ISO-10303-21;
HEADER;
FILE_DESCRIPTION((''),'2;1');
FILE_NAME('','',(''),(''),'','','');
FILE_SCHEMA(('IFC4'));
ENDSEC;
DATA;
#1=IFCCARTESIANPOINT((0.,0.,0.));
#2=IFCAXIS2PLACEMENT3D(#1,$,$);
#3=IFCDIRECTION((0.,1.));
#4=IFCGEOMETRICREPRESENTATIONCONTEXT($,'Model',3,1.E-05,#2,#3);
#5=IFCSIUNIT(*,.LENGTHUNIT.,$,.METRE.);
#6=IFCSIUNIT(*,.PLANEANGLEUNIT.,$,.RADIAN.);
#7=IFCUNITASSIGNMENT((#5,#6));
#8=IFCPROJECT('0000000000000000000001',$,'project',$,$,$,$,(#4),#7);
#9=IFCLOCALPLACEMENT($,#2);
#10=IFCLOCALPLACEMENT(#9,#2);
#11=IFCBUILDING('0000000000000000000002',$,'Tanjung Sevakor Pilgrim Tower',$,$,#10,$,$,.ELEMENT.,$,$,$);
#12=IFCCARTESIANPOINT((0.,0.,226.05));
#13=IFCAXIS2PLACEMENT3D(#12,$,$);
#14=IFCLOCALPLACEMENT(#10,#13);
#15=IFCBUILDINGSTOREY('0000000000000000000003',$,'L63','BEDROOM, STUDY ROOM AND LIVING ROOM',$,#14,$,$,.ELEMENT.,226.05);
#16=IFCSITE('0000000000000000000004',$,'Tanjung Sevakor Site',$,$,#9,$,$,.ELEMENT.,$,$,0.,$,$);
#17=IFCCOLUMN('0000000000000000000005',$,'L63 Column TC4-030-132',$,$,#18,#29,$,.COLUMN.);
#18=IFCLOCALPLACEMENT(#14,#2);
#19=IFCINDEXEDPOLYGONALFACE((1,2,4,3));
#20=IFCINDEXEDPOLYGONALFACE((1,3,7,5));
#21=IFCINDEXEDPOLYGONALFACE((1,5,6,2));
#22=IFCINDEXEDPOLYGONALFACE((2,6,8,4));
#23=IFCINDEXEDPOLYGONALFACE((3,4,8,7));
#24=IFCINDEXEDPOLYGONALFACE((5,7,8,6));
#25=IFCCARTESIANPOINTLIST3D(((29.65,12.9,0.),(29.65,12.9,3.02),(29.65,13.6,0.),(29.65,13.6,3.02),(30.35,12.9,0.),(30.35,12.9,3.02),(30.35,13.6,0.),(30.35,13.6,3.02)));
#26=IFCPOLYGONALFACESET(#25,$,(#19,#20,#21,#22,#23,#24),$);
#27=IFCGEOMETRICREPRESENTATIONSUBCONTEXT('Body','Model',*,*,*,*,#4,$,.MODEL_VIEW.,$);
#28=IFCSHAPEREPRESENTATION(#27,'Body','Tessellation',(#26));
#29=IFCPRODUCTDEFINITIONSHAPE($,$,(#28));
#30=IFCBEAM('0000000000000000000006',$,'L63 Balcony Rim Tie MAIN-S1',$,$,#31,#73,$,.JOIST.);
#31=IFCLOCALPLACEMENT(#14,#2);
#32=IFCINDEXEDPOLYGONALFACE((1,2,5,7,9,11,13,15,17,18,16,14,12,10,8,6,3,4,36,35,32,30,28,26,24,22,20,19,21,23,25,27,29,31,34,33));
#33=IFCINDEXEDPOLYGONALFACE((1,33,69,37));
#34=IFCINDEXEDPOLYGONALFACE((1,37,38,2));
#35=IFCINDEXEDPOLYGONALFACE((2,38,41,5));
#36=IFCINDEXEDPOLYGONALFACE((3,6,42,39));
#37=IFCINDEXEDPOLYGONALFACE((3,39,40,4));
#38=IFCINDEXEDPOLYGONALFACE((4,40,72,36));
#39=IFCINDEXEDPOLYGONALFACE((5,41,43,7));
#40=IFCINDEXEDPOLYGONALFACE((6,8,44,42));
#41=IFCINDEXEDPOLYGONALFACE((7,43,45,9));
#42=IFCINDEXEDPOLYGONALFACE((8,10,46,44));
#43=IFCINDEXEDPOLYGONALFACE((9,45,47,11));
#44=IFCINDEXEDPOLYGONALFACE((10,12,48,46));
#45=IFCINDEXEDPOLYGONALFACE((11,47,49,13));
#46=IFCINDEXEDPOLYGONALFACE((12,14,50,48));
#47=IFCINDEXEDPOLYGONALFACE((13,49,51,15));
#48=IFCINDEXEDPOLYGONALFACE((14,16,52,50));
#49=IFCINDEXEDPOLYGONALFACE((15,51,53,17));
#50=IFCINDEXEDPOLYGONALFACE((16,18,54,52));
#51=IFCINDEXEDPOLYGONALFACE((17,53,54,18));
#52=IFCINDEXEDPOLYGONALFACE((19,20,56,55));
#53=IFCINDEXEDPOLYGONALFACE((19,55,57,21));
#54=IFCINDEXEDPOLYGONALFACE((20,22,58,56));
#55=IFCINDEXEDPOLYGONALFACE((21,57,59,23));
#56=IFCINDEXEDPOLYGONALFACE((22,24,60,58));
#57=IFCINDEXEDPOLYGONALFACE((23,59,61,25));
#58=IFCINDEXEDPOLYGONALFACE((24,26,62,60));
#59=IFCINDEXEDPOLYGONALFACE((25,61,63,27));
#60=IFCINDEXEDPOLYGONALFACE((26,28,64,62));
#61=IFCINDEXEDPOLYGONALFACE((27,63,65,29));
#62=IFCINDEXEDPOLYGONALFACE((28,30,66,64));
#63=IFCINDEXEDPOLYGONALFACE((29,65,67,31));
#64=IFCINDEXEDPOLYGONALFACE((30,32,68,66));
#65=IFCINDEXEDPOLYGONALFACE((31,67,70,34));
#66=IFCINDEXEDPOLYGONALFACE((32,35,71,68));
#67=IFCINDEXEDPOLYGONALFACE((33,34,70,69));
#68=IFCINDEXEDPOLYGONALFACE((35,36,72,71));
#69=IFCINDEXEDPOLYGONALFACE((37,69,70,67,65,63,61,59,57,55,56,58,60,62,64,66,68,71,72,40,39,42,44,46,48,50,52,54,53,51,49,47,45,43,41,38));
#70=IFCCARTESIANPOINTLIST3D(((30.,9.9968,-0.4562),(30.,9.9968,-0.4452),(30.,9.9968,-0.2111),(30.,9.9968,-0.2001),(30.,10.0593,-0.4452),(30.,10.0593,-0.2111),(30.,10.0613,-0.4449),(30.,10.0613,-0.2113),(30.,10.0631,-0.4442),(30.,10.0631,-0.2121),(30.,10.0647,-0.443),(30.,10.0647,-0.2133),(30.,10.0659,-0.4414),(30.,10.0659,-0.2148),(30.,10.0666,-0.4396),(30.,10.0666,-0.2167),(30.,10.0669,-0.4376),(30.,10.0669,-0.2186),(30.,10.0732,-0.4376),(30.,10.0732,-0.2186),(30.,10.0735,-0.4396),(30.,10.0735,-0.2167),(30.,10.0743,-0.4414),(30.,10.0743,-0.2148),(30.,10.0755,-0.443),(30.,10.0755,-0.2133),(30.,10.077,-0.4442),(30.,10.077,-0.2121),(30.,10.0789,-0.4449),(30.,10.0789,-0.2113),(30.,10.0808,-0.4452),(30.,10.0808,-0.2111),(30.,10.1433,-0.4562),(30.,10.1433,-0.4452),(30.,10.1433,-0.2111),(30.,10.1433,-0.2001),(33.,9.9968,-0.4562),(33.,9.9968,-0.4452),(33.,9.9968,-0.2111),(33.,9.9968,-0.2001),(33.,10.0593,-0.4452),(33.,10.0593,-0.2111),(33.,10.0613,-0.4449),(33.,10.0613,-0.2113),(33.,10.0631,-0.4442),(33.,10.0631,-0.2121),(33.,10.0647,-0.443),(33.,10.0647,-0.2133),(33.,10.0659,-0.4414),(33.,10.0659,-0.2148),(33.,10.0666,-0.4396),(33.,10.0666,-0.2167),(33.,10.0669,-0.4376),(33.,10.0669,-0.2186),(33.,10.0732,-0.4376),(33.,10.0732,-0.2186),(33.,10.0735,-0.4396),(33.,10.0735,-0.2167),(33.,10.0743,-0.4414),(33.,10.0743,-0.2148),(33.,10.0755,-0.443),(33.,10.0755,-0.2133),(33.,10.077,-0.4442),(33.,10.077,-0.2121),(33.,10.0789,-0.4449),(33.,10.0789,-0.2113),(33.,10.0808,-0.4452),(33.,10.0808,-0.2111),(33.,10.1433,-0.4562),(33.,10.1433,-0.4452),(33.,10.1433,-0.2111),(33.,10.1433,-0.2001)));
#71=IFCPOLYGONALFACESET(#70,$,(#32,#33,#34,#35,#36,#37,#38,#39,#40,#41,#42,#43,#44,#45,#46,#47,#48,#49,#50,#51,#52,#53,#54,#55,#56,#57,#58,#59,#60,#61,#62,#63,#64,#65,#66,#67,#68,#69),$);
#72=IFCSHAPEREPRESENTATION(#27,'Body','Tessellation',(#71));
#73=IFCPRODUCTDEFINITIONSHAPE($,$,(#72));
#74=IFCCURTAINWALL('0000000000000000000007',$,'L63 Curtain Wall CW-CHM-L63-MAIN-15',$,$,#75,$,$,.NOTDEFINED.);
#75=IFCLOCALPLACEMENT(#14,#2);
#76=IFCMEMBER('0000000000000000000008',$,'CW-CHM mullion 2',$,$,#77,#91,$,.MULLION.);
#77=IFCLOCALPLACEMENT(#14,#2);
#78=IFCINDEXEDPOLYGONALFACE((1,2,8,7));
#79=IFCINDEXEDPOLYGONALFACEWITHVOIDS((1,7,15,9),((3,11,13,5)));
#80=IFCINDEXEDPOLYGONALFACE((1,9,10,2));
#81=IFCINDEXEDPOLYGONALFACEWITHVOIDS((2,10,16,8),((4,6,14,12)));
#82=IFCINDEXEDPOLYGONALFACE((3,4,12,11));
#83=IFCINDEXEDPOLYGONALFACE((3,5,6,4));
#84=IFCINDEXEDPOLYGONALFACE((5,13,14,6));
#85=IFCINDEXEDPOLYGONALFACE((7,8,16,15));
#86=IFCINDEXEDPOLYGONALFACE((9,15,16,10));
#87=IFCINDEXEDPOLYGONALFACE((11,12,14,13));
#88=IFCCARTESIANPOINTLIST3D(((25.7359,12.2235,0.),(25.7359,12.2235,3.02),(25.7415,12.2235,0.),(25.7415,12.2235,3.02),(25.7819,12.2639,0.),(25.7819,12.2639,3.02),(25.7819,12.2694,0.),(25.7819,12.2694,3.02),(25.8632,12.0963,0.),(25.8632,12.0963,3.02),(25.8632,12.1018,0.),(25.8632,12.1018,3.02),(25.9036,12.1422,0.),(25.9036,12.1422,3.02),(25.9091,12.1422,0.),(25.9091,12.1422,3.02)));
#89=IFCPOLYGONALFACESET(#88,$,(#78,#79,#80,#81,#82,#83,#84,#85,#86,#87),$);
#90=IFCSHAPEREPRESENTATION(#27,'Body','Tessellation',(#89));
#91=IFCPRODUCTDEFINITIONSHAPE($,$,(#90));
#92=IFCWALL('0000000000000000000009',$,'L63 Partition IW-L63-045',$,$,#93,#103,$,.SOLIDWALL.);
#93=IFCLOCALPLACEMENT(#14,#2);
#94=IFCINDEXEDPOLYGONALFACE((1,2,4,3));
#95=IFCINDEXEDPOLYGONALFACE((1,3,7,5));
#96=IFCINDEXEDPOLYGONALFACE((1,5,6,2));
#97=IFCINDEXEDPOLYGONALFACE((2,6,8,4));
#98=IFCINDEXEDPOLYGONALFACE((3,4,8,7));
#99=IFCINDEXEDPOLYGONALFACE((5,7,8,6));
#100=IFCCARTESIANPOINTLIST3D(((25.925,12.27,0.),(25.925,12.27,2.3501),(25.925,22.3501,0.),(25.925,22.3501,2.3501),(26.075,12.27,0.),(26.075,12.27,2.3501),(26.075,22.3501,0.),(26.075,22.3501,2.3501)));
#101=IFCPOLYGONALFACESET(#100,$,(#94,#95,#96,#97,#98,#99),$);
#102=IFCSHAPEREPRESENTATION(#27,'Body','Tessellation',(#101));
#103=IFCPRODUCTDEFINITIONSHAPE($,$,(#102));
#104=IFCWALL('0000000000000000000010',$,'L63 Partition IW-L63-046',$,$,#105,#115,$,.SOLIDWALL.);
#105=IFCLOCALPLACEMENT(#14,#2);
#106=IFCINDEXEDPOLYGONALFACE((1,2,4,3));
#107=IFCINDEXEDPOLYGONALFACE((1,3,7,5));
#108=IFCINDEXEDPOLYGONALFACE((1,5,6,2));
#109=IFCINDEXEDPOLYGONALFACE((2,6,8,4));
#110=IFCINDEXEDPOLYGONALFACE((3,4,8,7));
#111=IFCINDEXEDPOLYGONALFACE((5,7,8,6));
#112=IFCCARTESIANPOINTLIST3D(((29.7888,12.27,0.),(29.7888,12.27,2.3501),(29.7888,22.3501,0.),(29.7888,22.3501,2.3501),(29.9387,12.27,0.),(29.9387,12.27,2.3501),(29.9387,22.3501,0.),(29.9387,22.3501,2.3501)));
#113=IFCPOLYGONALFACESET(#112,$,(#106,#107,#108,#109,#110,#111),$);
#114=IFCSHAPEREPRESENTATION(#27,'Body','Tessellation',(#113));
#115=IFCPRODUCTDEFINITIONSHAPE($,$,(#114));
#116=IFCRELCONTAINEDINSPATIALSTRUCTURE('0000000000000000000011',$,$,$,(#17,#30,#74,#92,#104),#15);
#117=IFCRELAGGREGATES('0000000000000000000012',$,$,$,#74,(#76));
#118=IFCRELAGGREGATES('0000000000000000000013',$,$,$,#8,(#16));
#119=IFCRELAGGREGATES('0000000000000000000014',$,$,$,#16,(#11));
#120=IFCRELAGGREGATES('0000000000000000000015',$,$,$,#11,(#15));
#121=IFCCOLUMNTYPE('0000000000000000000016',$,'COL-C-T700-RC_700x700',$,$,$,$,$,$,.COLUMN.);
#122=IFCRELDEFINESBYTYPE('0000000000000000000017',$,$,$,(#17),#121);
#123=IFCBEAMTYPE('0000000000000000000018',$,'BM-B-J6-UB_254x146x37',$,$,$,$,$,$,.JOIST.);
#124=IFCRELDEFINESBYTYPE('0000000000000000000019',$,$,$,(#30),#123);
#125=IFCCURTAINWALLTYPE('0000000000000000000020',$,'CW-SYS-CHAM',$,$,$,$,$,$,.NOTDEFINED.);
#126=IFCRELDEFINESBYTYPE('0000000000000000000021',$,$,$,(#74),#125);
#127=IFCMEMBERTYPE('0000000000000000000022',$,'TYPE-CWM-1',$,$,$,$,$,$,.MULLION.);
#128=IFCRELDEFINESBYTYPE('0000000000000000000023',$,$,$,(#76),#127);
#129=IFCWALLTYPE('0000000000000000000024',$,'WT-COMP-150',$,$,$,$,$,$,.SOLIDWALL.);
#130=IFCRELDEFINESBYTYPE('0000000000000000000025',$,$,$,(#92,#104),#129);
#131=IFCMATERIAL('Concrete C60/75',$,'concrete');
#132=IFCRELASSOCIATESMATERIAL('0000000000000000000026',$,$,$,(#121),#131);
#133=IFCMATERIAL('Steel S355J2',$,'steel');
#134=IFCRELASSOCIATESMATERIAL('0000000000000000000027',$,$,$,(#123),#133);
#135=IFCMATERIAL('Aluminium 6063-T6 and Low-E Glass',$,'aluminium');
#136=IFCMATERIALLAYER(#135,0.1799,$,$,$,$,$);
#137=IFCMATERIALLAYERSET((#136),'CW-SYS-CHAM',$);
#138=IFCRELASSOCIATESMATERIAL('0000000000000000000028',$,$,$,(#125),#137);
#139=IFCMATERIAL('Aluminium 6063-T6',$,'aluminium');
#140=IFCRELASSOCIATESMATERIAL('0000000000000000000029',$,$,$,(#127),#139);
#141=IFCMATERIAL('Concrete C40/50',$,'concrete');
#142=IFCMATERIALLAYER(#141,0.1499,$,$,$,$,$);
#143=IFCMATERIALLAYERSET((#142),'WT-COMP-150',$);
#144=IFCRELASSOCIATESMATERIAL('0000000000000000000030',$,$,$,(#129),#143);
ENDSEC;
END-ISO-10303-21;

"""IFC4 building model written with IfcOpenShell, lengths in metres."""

from ifc_helpers import new_model, si_unit, direction, frame, frame_2d, origin, origin_2d, place, context, subcontext, project, spatial, rectangle, hollow_rectangle, i_section, extrude, material, layer, layer_set, material_profile, profile_set, type_object, element, aggregate, save


model = new_model("IFC4")

# Units and contexts
model_context = context("Model", 3, precision=1e-05, world=origin(), true_north=direction((0.0, 1.0)))
body_context = subcontext(model_context, "Body", "Model", "MODEL_VIEW")
ifc_project = project(units=[si_unit("LENGTHUNIT", "METRE"), si_unit("PLANEANGLEUNIT", "RADIAN")], contexts=[model_context])

# Site, building, storey
site_placement = place(None, origin())
site = spatial("IfcSite", under=ifc_project, at=site_placement, Name="Tanjung Sevakor Site", CompositionType="ELEMENT", RefElevation=0.0)
building_placement = place(site_placement, origin())
building = spatial("IfcBuilding", under=site, at=building_placement, Name="Tanjung Sevakor Pilgrim Tower", CompositionType="ELEMENT")
storey_placement = place(building_placement, frame((0.0, 0.0, 226.05)))
storey = spatial("IfcBuildingStorey", under=building, at=storey_placement, Name="L63", Description="BEDROOM, STUDY ROOM AND LIVING ROOM", CompositionType="ELEMENT", Elevation=226.05)

# Column
ifc_material_1 = material(Name="Concrete C60/75", Category="concrete")
ifc_material_profile_1 = material_profile(ifc_material_1, rectangle(XDim=0.7, YDim=0.7, at=origin_2d()))
ifc_profile_set_1 = profile_set([ifc_material_profile_1], Name="Concrete C60/75")
column_type = type_object("IfcColumnType", Name="COL-C-T700-RC_700x700", PredefinedType="COLUMN", material=ifc_profile_set_1)
column_placement = place(storey_placement, frame((30.0, 13.25, 0.0), z_axis=(0.0, 0.0, 1.0), x_axis=(1.0, 0.0, 0.0)))
element("IfcColumn", 1, at=column_placement, inside=storey, type_object=column_type, Name="L63 Column TC4-030-132", PredefinedType="COLUMN", context=body_context, shape_type="SweptSolid", body=[
    extrude(rectangle(XDim=0.7, YDim=0.7, at=origin_2d()), origin(), (0.0, 0.0, 1.0), 3.02),
])

# Beam
ifc_material_2 = material(Name="Steel S355J2", Category="steel")
ifc_material_profile_2 = material_profile(ifc_material_2, i_section(OverallWidth=0.1465, OverallDepth=0.2561, WebThickness=0.0063, FlangeThickness=0.011, FilletRadius=0.0076, at=origin_2d()))
ifc_profile_set_2 = profile_set([ifc_material_profile_2], Name="Steel S355J2")
beam_type = type_object("IfcBeamType", Name="BM-B-J6-UB_254x146x37", PredefinedType="JOIST", material=ifc_profile_set_2)
beam_placement = place(storey_placement, frame((30.0, 10.0701, -0.3281), z_axis=(1.0, 0.0, 0.0), x_axis=(0.0, 1.0, 0.0)))
element("IfcBeam", 2, at=beam_placement, inside=storey, type_object=beam_type, Name="L63 Balcony Rim Tie MAIN-S1", PredefinedType="JOIST", context=body_context, shape_type="SweptSolid", body=[
    extrude(i_section(OverallWidth=0.1465, OverallDepth=0.2561, WebThickness=0.0063, FlangeThickness=0.011, FilletRadius=0.0076, at=origin_2d()), origin(), (0.0, 0.0, 1.0), 3.0),
])

# Curtain wall, member
ifc_material_3 = material(Name="Aluminium 6063-T6 and Low-E Glass", Category="aluminium")
ifc_layer_1 = layer(ifc_material_3, 0.1799)
ifc_layer_set_1 = layer_set([ifc_layer_1], Name="CW-SYS-CHAM")
curtain_wall_type = type_object("IfcCurtainWallType", Name="CW-SYS-CHAM", PredefinedType="NOTDEFINED", material=ifc_layer_set_1)
curtain_wall_placement = place(storey_placement, origin())
curtain_wall = element("IfcCurtainWall", 3, at=curtain_wall_placement, inside=storey, type_object=curtain_wall_type, Name="L63 Curtain Wall CW-CHM-L63-MAIN-15", PredefinedType="NOTDEFINED")
ifc_material_4 = material(Name="Aluminium 6063-T6", Category="aluminium")
ifc_material_profile_3 = material_profile(ifc_material_4, hollow_rectangle(XDim=0.0649, YDim=0.1799, WallThickness=0.0039, at=origin_2d()))
ifc_profile_set_3 = profile_set([ifc_material_profile_3], Name="Aluminium 6063-T6")
member_type = type_object("IfcMemberType", Name="TYPE-CWM-1", PredefinedType="MULLION", material=ifc_profile_set_3)
member_placement = place(storey_placement, frame((25.8225, 12.1829, 0.0), z_axis=(0.0, 0.0, 1.0), x_axis=(0.707107, 0.707107, 0.0)))
member = element("IfcMember", 4, at=member_placement, type_object=member_type, Name="CW-CHM mullion 2", PredefinedType="MULLION", context=body_context, shape_type="SweptSolid", body=[
    extrude(hollow_rectangle(XDim=0.0649, YDim=0.1799, WallThickness=0.0039, at=origin_2d()), origin(), (0.0, 0.0, 1.0), 3.02),
])
aggregate(curtain_wall, [member])

# Walls
ifc_material_5 = material(Name="Concrete C40/50", Category="concrete")
ifc_layer_2 = layer(ifc_material_5, 0.1499)
ifc_layer_set_2 = layer_set([ifc_layer_2], Name="WT-COMP-150")
wall_type_1 = type_object("IfcWallType", Name="WT-COMP-150", PredefinedType="SOLIDWALL", material=ifc_layer_set_2)
for number, where, z_axis, x_axis, name in (
    (5, (26.0, 12.27, 0.0), (0.0, 0.0, 1.0), (0.0, 1.0, 0.0), "L63 Partition IW-L63-045"),
    (6, (29.8638, 12.27, 0.0), (0.0, 0.0, 1.0), (0.0, 1.0, 0.0), "L63 Partition IW-L63-046"),
):
    element("IfcWall", number, at=place(storey_placement, frame(where, z_axis=z_axis, x_axis=x_axis)), inside=storey, type_object=wall_type_1, Name=name, PredefinedType="SOLIDWALL", context=body_context, shape_type="SweptSolid", body=[
        extrude(rectangle(XDim=10.0801, YDim=0.1499, at=frame_2d((5.04, 0.0))), origin(), (0.0, 0.0, 1.0), 2.3501),
    ])

save(model, "model.ifc")
